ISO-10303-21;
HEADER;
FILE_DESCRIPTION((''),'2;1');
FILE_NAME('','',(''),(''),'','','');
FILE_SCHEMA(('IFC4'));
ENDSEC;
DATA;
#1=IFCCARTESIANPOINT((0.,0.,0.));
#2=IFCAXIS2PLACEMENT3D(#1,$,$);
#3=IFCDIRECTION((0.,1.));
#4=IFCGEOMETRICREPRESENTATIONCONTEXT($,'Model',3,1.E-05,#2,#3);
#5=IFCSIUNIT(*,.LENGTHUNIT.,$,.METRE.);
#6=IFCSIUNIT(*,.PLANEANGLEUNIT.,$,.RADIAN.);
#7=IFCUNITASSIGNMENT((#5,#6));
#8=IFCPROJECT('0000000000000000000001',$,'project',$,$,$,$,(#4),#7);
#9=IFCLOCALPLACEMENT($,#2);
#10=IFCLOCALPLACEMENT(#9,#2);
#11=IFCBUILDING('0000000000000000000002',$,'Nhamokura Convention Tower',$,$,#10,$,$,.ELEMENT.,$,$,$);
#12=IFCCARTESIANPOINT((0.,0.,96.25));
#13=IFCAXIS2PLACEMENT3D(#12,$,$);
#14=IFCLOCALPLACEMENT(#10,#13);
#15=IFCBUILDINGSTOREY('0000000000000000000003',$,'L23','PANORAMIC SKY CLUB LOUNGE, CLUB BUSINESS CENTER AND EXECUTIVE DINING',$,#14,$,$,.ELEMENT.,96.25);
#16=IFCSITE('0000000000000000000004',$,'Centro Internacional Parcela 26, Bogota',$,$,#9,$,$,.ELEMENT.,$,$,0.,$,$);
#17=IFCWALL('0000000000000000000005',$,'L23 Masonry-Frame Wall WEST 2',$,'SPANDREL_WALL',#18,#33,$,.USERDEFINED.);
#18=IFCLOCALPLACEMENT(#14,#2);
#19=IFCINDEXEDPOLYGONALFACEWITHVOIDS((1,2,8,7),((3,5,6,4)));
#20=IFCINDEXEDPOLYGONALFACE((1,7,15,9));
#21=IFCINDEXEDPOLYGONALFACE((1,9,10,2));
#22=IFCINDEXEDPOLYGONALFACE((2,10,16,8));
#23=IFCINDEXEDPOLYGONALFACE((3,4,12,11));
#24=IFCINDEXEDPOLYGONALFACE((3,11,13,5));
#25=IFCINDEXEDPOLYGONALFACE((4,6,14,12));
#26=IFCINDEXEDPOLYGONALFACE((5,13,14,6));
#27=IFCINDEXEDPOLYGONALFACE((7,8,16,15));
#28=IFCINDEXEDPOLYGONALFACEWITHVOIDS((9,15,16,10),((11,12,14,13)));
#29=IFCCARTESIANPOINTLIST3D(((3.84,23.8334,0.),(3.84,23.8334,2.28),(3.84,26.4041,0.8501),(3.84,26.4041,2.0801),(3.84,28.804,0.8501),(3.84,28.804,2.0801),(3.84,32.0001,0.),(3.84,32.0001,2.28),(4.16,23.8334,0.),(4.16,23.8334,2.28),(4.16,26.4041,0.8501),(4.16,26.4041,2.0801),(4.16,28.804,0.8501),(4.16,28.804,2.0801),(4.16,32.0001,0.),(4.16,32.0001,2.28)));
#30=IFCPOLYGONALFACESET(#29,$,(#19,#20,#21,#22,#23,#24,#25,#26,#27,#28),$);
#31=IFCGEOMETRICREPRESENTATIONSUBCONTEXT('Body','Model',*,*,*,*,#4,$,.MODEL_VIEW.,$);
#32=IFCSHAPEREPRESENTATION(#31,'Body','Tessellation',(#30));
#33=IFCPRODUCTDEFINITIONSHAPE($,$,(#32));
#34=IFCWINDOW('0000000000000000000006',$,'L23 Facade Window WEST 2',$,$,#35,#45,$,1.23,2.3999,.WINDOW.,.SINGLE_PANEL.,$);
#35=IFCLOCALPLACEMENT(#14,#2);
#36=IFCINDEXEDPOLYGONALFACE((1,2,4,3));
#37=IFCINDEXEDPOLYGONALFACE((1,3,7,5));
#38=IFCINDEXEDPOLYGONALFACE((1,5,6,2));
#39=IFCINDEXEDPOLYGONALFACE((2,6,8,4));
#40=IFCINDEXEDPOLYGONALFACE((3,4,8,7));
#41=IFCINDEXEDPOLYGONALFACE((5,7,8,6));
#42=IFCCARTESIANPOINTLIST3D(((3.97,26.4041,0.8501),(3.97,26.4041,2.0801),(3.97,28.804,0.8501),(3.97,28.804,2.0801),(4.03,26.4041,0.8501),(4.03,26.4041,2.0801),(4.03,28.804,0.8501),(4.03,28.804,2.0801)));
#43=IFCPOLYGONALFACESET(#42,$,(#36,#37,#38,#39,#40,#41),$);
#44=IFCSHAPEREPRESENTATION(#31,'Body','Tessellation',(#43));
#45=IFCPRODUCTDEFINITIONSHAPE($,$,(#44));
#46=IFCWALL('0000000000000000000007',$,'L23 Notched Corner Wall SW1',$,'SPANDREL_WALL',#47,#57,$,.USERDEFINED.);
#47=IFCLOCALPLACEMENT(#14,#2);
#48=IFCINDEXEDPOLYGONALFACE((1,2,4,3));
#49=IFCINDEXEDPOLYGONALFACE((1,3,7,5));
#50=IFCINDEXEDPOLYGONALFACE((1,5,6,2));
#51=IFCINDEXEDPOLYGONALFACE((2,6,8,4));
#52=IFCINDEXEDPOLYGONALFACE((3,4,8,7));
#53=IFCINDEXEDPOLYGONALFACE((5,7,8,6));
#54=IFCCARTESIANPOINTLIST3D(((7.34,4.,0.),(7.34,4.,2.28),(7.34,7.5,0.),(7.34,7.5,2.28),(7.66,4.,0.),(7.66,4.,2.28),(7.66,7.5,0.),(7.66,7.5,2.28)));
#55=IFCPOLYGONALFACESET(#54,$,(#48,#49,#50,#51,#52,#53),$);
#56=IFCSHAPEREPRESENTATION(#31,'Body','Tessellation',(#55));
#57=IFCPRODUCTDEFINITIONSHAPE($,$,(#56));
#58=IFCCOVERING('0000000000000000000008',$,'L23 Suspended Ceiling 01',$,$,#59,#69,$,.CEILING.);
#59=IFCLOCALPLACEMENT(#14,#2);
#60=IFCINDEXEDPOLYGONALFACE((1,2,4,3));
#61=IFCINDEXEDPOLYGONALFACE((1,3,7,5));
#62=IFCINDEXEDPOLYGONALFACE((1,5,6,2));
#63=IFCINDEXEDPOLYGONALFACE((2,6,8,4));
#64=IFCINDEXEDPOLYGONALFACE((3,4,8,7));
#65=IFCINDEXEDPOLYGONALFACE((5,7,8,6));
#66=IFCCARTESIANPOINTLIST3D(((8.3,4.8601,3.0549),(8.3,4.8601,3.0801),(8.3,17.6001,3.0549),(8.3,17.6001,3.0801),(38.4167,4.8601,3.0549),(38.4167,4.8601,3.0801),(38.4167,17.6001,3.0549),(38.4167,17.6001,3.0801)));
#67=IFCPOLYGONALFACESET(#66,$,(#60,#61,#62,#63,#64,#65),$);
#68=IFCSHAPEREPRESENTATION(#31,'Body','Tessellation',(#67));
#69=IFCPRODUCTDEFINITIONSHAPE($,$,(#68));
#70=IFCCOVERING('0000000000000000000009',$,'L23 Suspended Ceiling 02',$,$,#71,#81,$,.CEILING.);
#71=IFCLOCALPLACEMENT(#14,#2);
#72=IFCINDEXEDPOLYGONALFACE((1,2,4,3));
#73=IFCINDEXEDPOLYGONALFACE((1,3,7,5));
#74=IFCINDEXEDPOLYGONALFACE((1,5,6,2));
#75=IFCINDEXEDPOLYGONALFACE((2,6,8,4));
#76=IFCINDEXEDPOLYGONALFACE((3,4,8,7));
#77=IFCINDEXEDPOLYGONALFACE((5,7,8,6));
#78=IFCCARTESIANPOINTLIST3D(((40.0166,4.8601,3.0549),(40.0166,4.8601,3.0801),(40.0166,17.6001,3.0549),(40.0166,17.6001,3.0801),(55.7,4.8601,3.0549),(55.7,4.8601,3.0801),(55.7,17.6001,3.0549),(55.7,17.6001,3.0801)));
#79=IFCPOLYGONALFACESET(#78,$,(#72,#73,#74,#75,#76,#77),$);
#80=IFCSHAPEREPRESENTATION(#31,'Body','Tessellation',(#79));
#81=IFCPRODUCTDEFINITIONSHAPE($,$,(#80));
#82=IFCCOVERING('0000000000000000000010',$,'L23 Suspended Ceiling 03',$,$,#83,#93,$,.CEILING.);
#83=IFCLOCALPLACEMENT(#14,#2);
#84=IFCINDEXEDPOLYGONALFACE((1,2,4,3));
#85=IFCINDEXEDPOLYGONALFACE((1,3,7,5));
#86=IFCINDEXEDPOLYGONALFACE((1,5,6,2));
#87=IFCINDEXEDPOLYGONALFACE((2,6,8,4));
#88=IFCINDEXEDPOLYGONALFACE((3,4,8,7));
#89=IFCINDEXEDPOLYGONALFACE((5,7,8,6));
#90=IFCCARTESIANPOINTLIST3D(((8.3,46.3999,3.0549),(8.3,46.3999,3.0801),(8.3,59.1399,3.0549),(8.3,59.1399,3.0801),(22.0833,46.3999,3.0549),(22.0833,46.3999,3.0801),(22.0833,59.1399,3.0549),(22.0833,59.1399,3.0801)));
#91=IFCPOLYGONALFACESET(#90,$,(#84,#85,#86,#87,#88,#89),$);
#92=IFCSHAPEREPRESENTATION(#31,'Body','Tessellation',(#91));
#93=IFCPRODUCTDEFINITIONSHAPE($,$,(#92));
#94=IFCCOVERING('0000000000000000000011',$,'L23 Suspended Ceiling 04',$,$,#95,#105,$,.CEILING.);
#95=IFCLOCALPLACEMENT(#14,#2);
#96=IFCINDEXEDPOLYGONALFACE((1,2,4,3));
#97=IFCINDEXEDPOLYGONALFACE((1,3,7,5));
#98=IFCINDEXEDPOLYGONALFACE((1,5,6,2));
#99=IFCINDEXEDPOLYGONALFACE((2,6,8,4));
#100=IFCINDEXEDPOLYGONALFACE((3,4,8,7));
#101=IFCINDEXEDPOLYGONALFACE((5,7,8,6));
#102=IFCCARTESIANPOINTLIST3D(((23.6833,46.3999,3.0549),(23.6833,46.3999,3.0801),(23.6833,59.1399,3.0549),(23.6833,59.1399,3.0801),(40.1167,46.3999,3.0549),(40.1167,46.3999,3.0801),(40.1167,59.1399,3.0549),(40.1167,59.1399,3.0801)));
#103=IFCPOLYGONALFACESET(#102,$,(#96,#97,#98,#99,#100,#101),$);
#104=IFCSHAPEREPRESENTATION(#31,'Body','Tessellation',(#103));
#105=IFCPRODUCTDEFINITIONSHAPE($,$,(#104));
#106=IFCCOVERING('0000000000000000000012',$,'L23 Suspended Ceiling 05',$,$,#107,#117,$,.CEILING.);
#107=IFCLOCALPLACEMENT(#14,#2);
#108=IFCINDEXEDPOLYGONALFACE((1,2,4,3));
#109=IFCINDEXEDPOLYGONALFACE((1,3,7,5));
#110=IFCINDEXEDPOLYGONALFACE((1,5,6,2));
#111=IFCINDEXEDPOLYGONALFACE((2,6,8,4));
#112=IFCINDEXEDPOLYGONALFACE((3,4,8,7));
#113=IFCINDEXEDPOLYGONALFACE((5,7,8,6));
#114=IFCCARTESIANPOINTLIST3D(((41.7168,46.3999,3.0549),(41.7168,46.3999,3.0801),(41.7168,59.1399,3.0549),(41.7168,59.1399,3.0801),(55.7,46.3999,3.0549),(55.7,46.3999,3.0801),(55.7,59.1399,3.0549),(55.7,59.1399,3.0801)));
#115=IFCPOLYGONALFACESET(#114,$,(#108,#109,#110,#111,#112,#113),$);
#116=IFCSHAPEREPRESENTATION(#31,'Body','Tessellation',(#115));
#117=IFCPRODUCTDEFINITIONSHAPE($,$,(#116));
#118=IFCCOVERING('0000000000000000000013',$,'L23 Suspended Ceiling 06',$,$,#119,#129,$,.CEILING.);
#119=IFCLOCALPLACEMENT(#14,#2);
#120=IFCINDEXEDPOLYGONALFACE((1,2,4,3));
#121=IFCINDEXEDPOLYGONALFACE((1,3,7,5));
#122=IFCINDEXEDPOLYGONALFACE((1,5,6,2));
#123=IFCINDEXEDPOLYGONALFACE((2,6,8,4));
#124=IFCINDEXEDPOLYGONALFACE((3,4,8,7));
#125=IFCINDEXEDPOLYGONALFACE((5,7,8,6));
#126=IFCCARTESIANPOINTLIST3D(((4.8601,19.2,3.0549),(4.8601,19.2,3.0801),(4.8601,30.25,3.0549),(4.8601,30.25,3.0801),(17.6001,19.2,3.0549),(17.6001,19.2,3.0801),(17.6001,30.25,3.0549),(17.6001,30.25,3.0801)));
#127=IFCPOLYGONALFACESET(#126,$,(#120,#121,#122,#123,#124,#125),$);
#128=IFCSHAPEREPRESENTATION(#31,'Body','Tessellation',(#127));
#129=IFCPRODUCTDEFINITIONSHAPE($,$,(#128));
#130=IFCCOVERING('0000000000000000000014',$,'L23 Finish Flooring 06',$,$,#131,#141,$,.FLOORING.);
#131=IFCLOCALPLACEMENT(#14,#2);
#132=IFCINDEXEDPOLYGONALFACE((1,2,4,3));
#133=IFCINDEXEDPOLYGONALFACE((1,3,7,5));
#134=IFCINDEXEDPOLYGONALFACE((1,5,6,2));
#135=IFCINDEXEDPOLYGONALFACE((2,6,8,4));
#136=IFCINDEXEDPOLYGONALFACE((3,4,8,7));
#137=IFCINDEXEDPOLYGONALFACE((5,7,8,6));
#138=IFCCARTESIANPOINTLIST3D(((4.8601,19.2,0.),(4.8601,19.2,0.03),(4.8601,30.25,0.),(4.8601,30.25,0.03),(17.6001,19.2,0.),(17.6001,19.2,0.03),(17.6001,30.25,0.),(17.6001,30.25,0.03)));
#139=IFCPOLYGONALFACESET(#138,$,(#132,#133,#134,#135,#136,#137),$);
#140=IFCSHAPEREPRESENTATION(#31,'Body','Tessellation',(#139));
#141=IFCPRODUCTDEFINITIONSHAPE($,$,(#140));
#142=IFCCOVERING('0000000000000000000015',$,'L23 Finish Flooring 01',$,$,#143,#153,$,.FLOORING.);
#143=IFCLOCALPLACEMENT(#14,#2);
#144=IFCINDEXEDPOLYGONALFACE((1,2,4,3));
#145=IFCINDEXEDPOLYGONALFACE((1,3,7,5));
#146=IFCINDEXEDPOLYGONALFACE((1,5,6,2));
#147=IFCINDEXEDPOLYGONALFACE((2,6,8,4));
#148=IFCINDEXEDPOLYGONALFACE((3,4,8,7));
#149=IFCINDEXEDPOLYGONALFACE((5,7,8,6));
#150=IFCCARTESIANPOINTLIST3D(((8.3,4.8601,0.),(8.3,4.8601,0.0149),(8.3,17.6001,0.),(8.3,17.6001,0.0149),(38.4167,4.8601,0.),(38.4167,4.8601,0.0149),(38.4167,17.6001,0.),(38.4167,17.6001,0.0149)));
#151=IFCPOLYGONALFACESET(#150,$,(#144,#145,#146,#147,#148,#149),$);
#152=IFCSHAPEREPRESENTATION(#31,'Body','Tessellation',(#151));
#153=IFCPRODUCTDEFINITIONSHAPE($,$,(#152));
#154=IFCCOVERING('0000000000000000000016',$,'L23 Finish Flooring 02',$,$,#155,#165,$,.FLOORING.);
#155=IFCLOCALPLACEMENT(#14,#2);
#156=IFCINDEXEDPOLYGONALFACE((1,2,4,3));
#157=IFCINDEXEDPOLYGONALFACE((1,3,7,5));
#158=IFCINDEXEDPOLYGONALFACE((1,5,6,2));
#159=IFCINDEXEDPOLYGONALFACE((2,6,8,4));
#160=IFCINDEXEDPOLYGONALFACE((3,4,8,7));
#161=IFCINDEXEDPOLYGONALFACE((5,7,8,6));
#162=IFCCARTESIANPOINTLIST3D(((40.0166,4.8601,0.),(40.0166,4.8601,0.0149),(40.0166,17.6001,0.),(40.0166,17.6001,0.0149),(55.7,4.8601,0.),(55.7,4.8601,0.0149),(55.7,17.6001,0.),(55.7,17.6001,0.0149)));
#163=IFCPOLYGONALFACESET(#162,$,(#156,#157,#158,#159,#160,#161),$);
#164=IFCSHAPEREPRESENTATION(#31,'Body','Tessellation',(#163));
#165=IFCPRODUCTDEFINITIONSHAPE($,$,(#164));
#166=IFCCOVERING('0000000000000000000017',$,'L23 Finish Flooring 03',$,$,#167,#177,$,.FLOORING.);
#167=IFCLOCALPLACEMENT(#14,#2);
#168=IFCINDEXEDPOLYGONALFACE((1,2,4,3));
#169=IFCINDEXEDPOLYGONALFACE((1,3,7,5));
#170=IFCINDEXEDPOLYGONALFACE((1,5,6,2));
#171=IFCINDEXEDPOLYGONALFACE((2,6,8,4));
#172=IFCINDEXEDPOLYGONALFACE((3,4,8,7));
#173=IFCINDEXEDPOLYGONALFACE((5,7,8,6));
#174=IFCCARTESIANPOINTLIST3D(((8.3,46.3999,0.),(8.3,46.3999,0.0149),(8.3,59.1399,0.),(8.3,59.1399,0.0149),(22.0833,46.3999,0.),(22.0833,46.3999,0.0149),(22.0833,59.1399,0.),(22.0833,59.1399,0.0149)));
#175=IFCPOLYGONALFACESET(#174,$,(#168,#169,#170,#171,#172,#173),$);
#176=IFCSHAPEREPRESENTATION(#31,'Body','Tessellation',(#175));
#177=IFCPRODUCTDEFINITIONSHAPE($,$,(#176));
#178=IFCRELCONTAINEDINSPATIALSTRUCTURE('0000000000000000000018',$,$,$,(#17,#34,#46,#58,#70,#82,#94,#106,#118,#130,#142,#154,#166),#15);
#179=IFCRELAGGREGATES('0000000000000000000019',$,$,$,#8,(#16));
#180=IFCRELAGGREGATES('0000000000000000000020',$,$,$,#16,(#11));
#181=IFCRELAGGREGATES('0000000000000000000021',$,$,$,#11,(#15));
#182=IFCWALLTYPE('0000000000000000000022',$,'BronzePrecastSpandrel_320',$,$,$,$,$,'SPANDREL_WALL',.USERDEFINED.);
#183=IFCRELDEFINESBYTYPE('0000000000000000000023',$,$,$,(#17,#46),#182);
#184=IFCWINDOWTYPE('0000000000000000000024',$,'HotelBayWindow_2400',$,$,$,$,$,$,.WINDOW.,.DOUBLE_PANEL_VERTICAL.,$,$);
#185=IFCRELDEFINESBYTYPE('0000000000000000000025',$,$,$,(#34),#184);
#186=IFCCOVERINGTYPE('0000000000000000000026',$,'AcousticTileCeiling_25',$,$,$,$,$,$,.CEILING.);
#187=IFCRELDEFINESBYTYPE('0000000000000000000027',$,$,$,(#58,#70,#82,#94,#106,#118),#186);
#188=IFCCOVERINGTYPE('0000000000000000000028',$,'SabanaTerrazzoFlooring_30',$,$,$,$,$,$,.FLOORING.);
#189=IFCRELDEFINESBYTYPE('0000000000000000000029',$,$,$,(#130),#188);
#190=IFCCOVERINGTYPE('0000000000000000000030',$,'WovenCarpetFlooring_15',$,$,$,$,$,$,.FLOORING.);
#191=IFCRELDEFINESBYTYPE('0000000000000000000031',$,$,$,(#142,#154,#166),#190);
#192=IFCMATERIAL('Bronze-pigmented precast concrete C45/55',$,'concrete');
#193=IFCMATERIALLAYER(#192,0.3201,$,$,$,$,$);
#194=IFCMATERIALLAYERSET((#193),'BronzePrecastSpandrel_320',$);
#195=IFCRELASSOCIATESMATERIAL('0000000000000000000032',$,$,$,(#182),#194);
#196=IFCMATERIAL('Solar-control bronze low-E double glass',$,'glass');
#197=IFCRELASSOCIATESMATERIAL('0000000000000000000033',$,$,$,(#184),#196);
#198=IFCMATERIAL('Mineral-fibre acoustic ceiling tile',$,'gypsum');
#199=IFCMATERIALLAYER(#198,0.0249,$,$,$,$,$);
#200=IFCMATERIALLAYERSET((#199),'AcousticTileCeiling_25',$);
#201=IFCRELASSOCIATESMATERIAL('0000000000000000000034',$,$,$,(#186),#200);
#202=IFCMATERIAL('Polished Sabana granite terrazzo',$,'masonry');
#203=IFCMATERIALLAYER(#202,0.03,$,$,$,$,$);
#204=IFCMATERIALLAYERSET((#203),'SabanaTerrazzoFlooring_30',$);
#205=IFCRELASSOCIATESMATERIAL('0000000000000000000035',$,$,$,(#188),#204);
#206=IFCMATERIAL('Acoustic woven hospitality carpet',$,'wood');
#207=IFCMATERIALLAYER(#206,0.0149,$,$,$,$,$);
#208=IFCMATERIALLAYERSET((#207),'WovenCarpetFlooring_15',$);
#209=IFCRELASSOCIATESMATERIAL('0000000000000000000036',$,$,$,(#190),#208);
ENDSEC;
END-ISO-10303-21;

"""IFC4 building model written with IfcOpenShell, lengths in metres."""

from ifc_helpers import new_model, si_unit, direction, frame, frame_2d, origin, place, context, subcontext, project, spatial, polyline, rectangle, outline, extrude, material, layer, layer_set, type_object, element, fill, save


model = new_model("IFC4")

# Units and contexts
model_context = context("Model", 3, precision=1e-05, world=origin(), true_north=direction((0.0, 1.0)))
body_context = subcontext(model_context, "Body", "Model", "MODEL_VIEW")
ifc_project = project(units=[si_unit("LENGTHUNIT", "METRE"), si_unit("PLANEANGLEUNIT", "RADIAN")], contexts=[model_context])

# Site, building, storey
site_placement = place(None, origin())
site = spatial("IfcSite", under=ifc_project, at=site_placement, Name="Centro Internacional Parcela 26, Bogota", CompositionType="ELEMENT", RefElevation=0.0)
building_placement = place(site_placement, origin())
building = spatial("IfcBuilding", under=site, at=building_placement, Name="Nhamokura Convention Tower", CompositionType="ELEMENT")
storey_placement = place(building_placement, frame((0.0, 0.0, 96.25)))
storey = spatial("IfcBuildingStorey", under=building, at=storey_placement, Name="L23", Description="PANORAMIC SKY CLUB LOUNGE, CLUB BUSINESS CENTER AND EXECUTIVE DINING", CompositionType="ELEMENT", Elevation=96.25)

# Shared definitions
ifc_material_1 = material(Name="Bronze-pigmented precast concrete C45/55", Category="concrete")
ifc_layer_1 = layer(ifc_material_1, 0.3201)
ifc_layer_set_1 = layer_set([ifc_layer_1], Name="BronzePrecastSpandrel_320")
wall_type = type_object("IfcWallType", Name="BronzePrecastSpandrel_320", ElementType="SPANDREL_WALL", PredefinedType="USERDEFINED", material=ifc_layer_set_1)

# Wall, opening, window
wall_1_placement = place(storey_placement, frame((4.0, 23.8333, 0.0), z_axis=(0.0, 0.0, 1.0), x_axis=(0.0, 1.0, 0.0)))
wall_1 = element("IfcWall", 1, at=wall_1_placement, inside=storey, type_object=wall_type, Name="L23 Masonry-Frame Wall WEST 2", ObjectType="SPANDREL_WALL", PredefinedType="USERDEFINED", context=body_context, shape_type="SweptSolid", body=[
    extrude(rectangle(XDim=8.1667, YDim=0.3201, at=frame_2d((4.0835, 0.0))), origin(), (0.0, 0.0, 1.0), 2.28),
])
opening_1_placement = place(wall_1_placement, frame((2.5708, 0.0, 0.8501)))
opening_1 = element("IfcOpeningElement", 2, at=opening_1_placement, cuts=wall_1, PredefinedType="OPENING", context=body_context, shape_type="SweptSolid", body=[
    extrude(rectangle(XDim=2.3999, YDim=1.23, at=frame_2d((1.2, 0.615))), frame((0.0, 0.1699, 0.0), z_axis=(0.0, -1.0, 0.0), x_axis=(1.0, 0.0, 0.0)), (0.0, 0.0, 1.0), 0.3401),
])
ifc_material_2 = material(Name="Solar-control bronze low-E double glass", Category="glass")
window_type_1 = type_object("IfcWindowType", Name="HotelBayWindow_2400", PartitioningType="DOUBLE_PANEL_VERTICAL", PredefinedType="WINDOW", material=ifc_material_2)
window_1_placement = place(opening_1_placement, origin())
window_1 = element("IfcWindow", 3, at=window_1_placement, inside=storey, type_object=window_type_1, Name="L23 Facade Window WEST 2", OverallHeight=1.23, OverallWidth=2.3999, PartitioningType="SINGLE_PANEL", PredefinedType="WINDOW", context=body_context, shape_type="SweptSolid", body=[
    extrude(rectangle(XDim=2.3999, YDim=1.23, at=frame_2d((1.2, 0.615))), frame((0.0, 0.03, 0.0), z_axis=(0.0, -1.0, 0.0), x_axis=(1.0, 0.0, 0.0)), (0.0, 0.0, 1.0), 0.0601),
])
fill(opening_1, window_1)

# Wall
wall_2_placement = place(storey_placement, frame((7.5, 4.0, 0.0), z_axis=(0.0, 0.0, 1.0), x_axis=(0.0, 1.0, 0.0)))
element("IfcWall", 4, at=wall_2_placement, inside=storey, type_object=wall_type, Name="L23 Notched Corner Wall SW1", ObjectType="SPANDREL_WALL", PredefinedType="USERDEFINED", context=body_context, shape_type="SweptSolid", body=[
    extrude(rectangle(XDim=3.5, YDim=0.3201, at=frame_2d((1.75, 0.0))), origin(), (0.0, 0.0, 1.0), 2.28),
])

# Coverings
ifc_material_3 = material(Name="Mineral-fibre acoustic ceiling tile", Category="gypsum")
ifc_layer_2 = layer(ifc_material_3, 0.0249)
ifc_layer_set_2 = layer_set([ifc_layer_2], Name="AcousticTileCeiling_25")
covering_type_1 = type_object("IfcCoveringType", Name="AcousticTileCeiling_25", PredefinedType="CEILING", material=ifc_layer_set_2)
covering_1_placement = place(storey_placement, frame((0.0, 0.0, 3.0549)))
element("IfcCovering", 5, at=covering_1_placement, inside=storey, type_object=covering_type_1, Name="L23 Suspended Ceiling 01", PredefinedType="CEILING", context=body_context, shape_type="SweptSolid", body=[
    extrude(outline(polyline([(8.3, 4.8601), (38.4167, 4.8601), (38.4167, 17.6001), (8.3, 17.6001), (8.3, 4.8601)])), origin(), (0.0, 0.0, 1.0), 0.0251),
])
covering_2_placement = place(storey_placement, frame((0.0, 0.0, 3.0549)))
element("IfcCovering", 6, at=covering_2_placement, inside=storey, type_object=covering_type_1, Name="L23 Suspended Ceiling 02", PredefinedType="CEILING", context=body_context, shape_type="SweptSolid", body=[
    extrude(outline(polyline([(40.0166, 4.8601), (55.7, 4.8601), (55.7, 17.6001), (40.0166, 17.6001), (40.0166, 4.8601)])), origin(), (0.0, 0.0, 1.0), 0.0251),
])
covering_3_placement = place(storey_placement, frame((0.0, 0.0, 3.0549)))
element("IfcCovering", 7, at=covering_3_placement, inside=storey, type_object=covering_type_1, Name="L23 Suspended Ceiling 03", PredefinedType="CEILING", context=body_context, shape_type="SweptSolid", body=[
    extrude(outline(polyline([(8.3, 46.3999), (22.0833, 46.3999), (22.0833, 59.1399), (8.3, 59.1399), (8.3, 46.3999)])), origin(), (0.0, 0.0, 1.0), 0.0251),
])
covering_4_placement = place(storey_placement, frame((0.0, 0.0, 3.0549)))
element("IfcCovering", 8, at=covering_4_placement, inside=storey, type_object=covering_type_1, Name="L23 Suspended Ceiling 04", PredefinedType="CEILING", context=body_context, shape_type="SweptSolid", body=[
    extrude(outline(polyline([(23.6833, 46.3999), (40.1167, 46.3999), (40.1167, 59.1399), (23.6833, 59.1399), (23.6833, 46.3999)])), origin(), (0.0, 0.0, 1.0), 0.0251),
])
covering_5_placement = place(storey_placement, frame((0.0, 0.0, 3.0549)))
element("IfcCovering", 9, at=covering_5_placement, inside=storey, type_object=covering_type_1, Name="L23 Suspended Ceiling 05", PredefinedType="CEILING", context=body_context, shape_type="SweptSolid", body=[
    extrude(outline(polyline([(41.7168, 46.3999), (55.7, 46.3999), (55.7, 59.1399), (41.7168, 59.1399), (41.7168, 46.3999)])), origin(), (0.0, 0.0, 1.0), 0.0251),
])
covering_6_placement = place(storey_placement, frame((0.0, 0.0, 3.0549)))
element("IfcCovering", 10, at=covering_6_placement, inside=storey, type_object=covering_type_1, Name="L23 Suspended Ceiling 06", PredefinedType="CEILING", context=body_context, shape_type="SweptSolid", body=[
    extrude(outline(polyline([(4.8601, 19.2), (17.6001, 19.2), (17.6001, 30.25), (4.8601, 30.25), (4.8601, 19.2)])), origin(), (0.0, 0.0, 1.0), 0.0251),
])
ifc_material_4 = material(Name="Polished Sabana granite terrazzo", Category="masonry")
ifc_layer_3 = layer(ifc_material_4, 0.03)
ifc_layer_set_3 = layer_set([ifc_layer_3], Name="SabanaTerrazzoFlooring_30")
covering_type_2 = type_object("IfcCoveringType", Name="SabanaTerrazzoFlooring_30", PredefinedType="FLOORING", material=ifc_layer_set_3)
covering_7_placement = place(storey_placement, origin())
element("IfcCovering", 11, at=covering_7_placement, inside=storey, type_object=covering_type_2, Name="L23 Finish Flooring 06", PredefinedType="FLOORING", context=body_context, shape_type="SweptSolid", body=[
    extrude(outline(polyline([(4.8601, 19.2), (17.6001, 19.2), (17.6001, 30.25), (4.8601, 30.25), (4.8601, 19.2)])), origin(), (0.0, 0.0, 1.0), 0.03),
])
ifc_material_5 = material(Name="Acoustic woven hospitality carpet", Category="wood")
ifc_layer_4 = layer(ifc_material_5, 0.0149)
ifc_layer_set_4 = layer_set([ifc_layer_4], Name="WovenCarpetFlooring_15")
covering_type_3 = type_object("IfcCoveringType", Name="WovenCarpetFlooring_15", PredefinedType="FLOORING", material=ifc_layer_set_4)
covering_8_placement = place(storey_placement, origin())
element("IfcCovering", 12, at=covering_8_placement, inside=storey, type_object=covering_type_3, Name="L23 Finish Flooring 01", PredefinedType="FLOORING", context=body_context, shape_type="SweptSolid", body=[
    extrude(outline(polyline([(8.3, 4.8601), (38.4167, 4.8601), (38.4167, 17.6001), (8.3, 17.6001), (8.3, 4.8601)])), origin(), (0.0, 0.0, 1.0), 0.0149),
])
covering_9_placement = place(storey_placement, origin())
element("IfcCovering", 13, at=covering_9_placement, inside=storey, type_object=covering_type_3, Name="L23 Finish Flooring 02", PredefinedType="FLOORING", context=body_context, shape_type="SweptSolid", body=[
    extrude(outline(polyline([(40.0166, 4.8601), (55.7, 4.8601), (55.7, 17.6001), (40.0166, 17.6001), (40.0166, 4.8601)])), origin(), (0.0, 0.0, 1.0), 0.0149),
])
covering_10_placement = place(storey_placement, origin())
element("IfcCovering", 14, at=covering_10_placement, inside=storey, type_object=covering_type_3, Name="L23 Finish Flooring 03", PredefinedType="FLOORING", context=body_context, shape_type="SweptSolid", body=[
    extrude(outline(polyline([(8.3, 46.3999), (22.0833, 46.3999), (22.0833, 59.1399), (8.3, 59.1399), (8.3, 46.3999)])), origin(), (0.0, 0.0, 1.0), 0.0149),
])

save(model, "model.ifc")
